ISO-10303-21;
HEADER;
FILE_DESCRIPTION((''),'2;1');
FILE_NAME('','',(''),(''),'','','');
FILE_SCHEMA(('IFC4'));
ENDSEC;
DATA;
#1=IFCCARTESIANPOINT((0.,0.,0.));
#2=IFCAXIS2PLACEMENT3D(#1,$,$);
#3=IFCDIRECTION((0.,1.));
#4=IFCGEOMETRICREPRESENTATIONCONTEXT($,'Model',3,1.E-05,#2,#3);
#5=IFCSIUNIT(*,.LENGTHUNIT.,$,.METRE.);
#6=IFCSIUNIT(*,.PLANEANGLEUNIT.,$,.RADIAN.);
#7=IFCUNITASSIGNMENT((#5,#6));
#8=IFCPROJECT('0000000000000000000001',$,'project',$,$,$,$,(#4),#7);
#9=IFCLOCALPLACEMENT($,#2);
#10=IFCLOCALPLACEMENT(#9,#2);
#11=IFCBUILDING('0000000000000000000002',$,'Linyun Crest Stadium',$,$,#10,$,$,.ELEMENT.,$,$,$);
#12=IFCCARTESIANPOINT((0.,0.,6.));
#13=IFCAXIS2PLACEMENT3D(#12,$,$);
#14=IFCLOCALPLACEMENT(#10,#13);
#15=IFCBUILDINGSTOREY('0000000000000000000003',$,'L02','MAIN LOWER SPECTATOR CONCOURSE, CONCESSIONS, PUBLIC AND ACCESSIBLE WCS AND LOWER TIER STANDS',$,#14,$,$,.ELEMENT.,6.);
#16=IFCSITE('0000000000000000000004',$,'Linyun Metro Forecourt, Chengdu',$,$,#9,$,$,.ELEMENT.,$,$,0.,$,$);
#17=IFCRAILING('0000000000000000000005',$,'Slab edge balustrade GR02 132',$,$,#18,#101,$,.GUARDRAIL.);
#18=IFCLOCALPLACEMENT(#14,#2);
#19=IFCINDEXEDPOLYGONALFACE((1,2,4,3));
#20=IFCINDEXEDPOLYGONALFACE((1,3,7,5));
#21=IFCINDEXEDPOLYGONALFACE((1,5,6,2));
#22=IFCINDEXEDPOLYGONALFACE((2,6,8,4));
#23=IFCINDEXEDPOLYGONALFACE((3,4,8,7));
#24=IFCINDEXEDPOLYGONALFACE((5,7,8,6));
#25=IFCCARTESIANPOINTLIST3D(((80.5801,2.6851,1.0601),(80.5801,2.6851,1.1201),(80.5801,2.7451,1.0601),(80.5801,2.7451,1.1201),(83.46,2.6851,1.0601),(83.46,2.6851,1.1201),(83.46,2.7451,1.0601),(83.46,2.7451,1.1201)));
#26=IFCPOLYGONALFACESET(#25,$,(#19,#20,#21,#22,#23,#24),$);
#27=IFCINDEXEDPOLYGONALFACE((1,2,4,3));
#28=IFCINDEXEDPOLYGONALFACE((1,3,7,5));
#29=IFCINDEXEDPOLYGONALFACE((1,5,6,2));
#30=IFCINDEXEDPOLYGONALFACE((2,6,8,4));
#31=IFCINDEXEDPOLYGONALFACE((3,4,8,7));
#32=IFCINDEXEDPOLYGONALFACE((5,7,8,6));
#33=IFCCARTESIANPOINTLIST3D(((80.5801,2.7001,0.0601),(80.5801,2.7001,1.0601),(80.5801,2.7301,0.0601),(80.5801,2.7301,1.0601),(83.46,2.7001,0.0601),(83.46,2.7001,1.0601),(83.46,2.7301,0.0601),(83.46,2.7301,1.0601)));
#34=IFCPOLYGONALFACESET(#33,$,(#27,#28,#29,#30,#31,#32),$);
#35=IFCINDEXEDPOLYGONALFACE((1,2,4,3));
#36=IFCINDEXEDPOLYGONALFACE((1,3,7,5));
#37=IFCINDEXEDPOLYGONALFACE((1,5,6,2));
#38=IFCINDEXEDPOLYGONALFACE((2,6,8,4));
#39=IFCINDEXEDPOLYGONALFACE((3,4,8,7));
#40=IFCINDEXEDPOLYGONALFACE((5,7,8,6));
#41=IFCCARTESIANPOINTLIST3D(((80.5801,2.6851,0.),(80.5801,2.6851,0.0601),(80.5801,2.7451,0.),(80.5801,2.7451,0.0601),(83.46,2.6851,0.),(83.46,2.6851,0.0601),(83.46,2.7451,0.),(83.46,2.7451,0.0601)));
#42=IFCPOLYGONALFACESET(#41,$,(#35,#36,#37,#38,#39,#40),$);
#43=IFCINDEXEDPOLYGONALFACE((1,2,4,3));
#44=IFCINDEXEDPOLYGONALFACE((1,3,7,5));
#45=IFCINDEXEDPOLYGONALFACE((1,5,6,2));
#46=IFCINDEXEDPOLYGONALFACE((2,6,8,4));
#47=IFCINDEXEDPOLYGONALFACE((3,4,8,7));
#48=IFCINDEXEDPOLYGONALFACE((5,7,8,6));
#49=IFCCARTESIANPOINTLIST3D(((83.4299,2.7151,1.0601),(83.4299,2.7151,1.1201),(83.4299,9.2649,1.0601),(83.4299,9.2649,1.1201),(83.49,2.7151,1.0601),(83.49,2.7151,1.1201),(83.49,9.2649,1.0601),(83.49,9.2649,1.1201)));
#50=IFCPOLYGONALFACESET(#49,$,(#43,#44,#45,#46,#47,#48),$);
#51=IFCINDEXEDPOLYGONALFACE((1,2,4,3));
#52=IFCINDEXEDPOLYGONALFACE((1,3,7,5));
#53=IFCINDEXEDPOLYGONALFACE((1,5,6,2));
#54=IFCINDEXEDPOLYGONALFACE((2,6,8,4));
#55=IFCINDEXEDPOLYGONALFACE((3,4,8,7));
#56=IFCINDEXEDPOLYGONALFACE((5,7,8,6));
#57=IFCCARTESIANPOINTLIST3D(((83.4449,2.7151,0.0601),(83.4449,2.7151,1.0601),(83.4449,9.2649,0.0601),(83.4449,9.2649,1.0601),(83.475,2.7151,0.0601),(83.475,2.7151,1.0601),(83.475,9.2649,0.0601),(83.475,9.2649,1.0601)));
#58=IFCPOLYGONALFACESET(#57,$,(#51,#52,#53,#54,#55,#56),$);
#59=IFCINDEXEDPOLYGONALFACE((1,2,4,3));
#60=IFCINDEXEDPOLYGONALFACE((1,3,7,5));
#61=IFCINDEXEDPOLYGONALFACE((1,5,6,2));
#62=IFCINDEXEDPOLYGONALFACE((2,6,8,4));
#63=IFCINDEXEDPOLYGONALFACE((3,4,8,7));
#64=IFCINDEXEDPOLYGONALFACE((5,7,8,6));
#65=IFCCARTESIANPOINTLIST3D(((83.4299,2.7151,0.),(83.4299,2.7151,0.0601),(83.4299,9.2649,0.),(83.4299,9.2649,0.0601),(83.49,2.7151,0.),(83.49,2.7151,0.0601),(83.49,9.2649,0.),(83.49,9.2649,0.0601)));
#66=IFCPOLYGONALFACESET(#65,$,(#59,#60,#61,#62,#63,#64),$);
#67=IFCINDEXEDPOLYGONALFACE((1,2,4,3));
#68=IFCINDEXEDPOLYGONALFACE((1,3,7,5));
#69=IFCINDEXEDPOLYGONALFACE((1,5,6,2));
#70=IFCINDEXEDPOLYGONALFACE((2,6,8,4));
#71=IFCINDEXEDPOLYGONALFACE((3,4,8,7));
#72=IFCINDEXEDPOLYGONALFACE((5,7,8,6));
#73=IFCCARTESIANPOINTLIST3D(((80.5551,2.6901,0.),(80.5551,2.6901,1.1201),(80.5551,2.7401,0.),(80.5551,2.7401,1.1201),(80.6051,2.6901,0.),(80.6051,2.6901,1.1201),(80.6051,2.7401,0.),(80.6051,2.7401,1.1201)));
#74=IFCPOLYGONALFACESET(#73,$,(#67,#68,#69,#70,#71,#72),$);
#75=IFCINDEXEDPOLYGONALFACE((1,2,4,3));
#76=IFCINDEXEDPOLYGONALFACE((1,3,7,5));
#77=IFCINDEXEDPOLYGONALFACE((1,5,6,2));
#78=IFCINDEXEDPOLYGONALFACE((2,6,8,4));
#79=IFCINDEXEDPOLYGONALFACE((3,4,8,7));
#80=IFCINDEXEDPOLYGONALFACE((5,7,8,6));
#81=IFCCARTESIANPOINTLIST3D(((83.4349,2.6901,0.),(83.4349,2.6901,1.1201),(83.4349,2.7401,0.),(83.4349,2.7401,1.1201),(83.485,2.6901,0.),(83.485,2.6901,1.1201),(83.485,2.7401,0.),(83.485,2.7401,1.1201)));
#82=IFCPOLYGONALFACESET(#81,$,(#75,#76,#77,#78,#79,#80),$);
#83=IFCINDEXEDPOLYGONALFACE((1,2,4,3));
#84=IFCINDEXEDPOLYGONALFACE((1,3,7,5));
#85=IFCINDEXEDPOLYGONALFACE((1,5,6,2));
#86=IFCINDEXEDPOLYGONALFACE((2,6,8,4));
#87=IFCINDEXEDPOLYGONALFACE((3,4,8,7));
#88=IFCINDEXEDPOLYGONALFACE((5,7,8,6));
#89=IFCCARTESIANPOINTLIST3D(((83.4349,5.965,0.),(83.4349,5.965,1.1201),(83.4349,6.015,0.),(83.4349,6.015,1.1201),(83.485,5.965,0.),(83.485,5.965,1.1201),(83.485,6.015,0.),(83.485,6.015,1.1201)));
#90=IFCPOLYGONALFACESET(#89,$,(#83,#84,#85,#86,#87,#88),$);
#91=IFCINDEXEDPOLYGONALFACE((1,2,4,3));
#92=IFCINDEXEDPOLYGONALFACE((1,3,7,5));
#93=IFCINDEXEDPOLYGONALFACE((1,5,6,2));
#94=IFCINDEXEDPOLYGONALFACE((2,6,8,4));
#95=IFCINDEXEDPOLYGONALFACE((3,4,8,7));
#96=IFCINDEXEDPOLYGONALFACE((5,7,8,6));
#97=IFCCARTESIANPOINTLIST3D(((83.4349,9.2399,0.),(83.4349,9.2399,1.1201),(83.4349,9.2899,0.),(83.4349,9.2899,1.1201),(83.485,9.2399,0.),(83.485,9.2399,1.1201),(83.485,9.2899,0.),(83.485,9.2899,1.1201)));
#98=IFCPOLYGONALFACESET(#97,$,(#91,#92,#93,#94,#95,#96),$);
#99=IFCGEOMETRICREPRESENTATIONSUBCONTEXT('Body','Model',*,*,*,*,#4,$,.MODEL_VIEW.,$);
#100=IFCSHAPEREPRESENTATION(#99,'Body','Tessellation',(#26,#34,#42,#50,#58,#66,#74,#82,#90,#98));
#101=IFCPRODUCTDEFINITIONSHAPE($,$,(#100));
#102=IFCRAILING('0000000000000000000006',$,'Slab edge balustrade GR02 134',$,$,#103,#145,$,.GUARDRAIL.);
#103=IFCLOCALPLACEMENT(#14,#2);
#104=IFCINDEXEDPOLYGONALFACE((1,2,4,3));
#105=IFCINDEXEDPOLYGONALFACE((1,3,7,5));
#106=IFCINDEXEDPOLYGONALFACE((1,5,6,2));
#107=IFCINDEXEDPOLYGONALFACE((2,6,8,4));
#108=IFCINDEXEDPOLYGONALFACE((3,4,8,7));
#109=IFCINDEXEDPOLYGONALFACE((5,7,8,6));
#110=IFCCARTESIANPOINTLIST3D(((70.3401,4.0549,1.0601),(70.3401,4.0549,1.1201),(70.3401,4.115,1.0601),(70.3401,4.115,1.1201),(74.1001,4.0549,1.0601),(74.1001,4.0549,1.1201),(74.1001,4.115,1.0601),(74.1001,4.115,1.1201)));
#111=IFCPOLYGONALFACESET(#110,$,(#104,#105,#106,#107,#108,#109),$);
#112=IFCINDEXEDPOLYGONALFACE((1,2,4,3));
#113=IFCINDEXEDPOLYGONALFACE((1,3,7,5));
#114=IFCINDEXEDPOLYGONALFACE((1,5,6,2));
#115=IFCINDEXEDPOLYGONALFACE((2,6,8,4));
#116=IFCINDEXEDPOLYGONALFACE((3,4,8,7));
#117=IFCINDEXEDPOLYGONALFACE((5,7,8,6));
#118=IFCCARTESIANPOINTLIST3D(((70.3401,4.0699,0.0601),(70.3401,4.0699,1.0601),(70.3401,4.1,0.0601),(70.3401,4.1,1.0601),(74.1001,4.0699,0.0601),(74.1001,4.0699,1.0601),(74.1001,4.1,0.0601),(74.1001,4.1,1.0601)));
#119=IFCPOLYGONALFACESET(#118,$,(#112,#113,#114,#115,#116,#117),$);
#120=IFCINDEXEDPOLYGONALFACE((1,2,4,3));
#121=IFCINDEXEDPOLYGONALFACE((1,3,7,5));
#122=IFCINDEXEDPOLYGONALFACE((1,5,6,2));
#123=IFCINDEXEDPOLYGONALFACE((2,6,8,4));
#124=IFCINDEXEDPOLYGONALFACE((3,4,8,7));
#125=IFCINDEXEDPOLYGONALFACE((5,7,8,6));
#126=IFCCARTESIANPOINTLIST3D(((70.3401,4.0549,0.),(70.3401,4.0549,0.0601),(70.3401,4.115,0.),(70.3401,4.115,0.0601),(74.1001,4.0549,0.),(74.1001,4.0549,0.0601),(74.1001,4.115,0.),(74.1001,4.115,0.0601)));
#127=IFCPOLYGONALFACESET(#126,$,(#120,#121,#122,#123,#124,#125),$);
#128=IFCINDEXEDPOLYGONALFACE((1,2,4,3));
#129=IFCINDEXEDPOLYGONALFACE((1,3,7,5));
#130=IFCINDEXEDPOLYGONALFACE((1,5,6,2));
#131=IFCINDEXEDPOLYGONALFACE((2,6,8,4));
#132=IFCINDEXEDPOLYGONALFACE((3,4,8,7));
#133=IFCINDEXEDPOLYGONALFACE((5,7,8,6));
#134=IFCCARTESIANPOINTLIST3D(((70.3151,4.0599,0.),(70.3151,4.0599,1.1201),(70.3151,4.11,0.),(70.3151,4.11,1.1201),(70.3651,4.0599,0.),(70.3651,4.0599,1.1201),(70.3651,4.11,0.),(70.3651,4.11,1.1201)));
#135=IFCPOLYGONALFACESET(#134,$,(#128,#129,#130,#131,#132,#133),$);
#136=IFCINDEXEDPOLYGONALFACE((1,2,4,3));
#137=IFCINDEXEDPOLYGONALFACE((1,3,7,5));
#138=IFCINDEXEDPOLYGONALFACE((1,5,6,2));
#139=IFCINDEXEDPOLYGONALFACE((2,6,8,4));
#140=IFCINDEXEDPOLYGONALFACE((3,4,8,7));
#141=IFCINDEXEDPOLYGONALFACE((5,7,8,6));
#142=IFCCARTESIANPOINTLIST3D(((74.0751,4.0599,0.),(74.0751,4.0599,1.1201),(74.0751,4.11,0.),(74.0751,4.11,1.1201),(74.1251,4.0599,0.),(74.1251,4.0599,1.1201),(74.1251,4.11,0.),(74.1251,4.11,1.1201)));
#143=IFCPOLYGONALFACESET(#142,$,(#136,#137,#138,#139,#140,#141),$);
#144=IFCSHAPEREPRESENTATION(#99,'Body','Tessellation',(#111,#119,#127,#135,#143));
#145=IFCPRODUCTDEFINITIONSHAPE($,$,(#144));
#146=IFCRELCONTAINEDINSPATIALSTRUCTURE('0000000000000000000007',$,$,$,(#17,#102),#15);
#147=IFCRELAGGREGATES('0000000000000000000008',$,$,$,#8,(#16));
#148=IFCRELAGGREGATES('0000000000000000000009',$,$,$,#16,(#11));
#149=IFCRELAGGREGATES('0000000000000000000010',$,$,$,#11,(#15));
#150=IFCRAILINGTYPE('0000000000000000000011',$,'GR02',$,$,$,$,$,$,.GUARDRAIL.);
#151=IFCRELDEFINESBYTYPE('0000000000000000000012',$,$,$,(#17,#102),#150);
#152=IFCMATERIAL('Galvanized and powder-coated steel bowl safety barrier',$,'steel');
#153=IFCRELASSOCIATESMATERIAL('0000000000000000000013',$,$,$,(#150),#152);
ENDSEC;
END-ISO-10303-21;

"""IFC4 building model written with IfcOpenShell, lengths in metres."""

from ifc_helpers import new_model, si_unit, direction, frame, origin, origin_2d, place, context, subcontext, project, spatial, rectangle, extrude, material, type_object, element, save


model = new_model("IFC4")

# Units and contexts
model_context = context("Model", 3, precision=1e-05, world=origin(), true_north=direction((0.0, 1.0)))
body_context = subcontext(model_context, "Body", "Model", "MODEL_VIEW")
ifc_project = project(units=[si_unit("LENGTHUNIT", "METRE"), si_unit("PLANEANGLEUNIT", "RADIAN")], contexts=[model_context])

# Site, building, storey
site_placement = place(None, origin())
site = spatial("IfcSite", under=ifc_project, at=site_placement, Name="Linyun Metro Forecourt, Chengdu", CompositionType="ELEMENT", RefElevation=0.0)
building_placement = place(site_placement, origin())
building = spatial("IfcBuilding", under=site, at=building_placement, Name="Linyun Crest Stadium", CompositionType="ELEMENT")
storey_placement = place(building_placement, frame((0.0, 0.0, 6.0)))
storey = spatial("IfcBuildingStorey", under=building, at=storey_placement, Name="L02", Description="MAIN LOWER SPECTATOR CONCOURSE, CONCESSIONS, PUBLIC AND ACCESSIBLE WCS AND LOWER TIER STANDS", CompositionType="ELEMENT", Elevation=6.0)

# Railings
ifc_material_1 = material(Name="Galvanized and powder-coated steel bowl safety barrier", Category="steel")
railing_type_1 = type_object("IfcRailingType", Name="GR02", PredefinedType="GUARDRAIL", material=ifc_material_1)
railing_1_placement = place(storey_placement, frame((80.5801, 2.7151, 0.0)))
element("IfcRailing", 1, at=railing_1_placement, inside=storey, type_object=railing_type_1, Name="Slab edge balustrade GR02 132", PredefinedType="GUARDRAIL", context=body_context, shape_type="SweptSolid", body=[
    extrude(rectangle(XDim=0.0601, YDim=0.0601, at=origin_2d()), frame((0.0, 0.0, 1.0901), z_axis=(1.0, 0.0, 0.0), x_axis=(0.0, 1.0, 0.0)), (0.0, 0.0, 1.0), 2.8799),
    extrude(rectangle(XDim=0.03, YDim=1.0, at=origin_2d()), frame((0.0, 0.0, 0.5601), z_axis=(1.0, 0.0, 0.0), x_axis=(0.0, 1.0, 0.0)), (0.0, 0.0, 1.0), 2.8799),
    extrude(rectangle(XDim=0.0601, YDim=0.0601, at=origin_2d()), frame((0.0, 0.0, 0.03), z_axis=(1.0, 0.0, 0.0), x_axis=(0.0, 1.0, 0.0)), (0.0, 0.0, 1.0), 2.8799),
    extrude(rectangle(XDim=0.0601, YDim=0.0601, at=origin_2d()), frame((2.8799, 0.0, 1.0901), z_axis=(0.0, 1.0, 0.0), x_axis=(-1.0, 0.0, 0.0)), (0.0, 0.0, 1.0), 6.5498),
    extrude(rectangle(XDim=0.03, YDim=1.0, at=origin_2d()), frame((2.8799, 0.0, 0.5601), z_axis=(0.0, 1.0, 0.0), x_axis=(-1.0, 0.0, 0.0)), (0.0, 0.0, 1.0), 6.5498),
    extrude(rectangle(XDim=0.0601, YDim=0.0601, at=origin_2d()), frame((2.8799, 0.0, 0.03), z_axis=(0.0, 1.0, 0.0), x_axis=(-1.0, 0.0, 0.0)), (0.0, 0.0, 1.0), 6.5498),
    extrude(rectangle(XDim=0.05, YDim=0.05, at=origin_2d()), origin(), (0.0, 0.0, 1.0), 1.1201),
    extrude(rectangle(XDim=0.05, YDim=0.05, at=origin_2d()), frame((2.8799, 0.0, 0.0)), (0.0, 0.0, 1.0), 1.1201),
    extrude(rectangle(XDim=0.05, YDim=0.05, at=origin_2d()), frame((2.8799, 3.2749, 0.0)), (0.0, 0.0, 1.0), 1.1201),
    extrude(rectangle(XDim=0.05, YDim=0.05, at=origin_2d()), frame((2.8799, 6.5498, 0.0)), (0.0, 0.0, 1.0), 1.1201),
])
railing_2_placement = place(storey_placement, frame((70.3401, 4.085, 0.0)))
element("IfcRailing", 2, at=railing_2_placement, inside=storey, type_object=railing_type_1, Name="Slab edge balustrade GR02 134", PredefinedType="GUARDRAIL", context=body_context, shape_type="SweptSolid", body=[
    extrude(rectangle(XDim=0.0601, YDim=0.0601, at=origin_2d()), frame((0.0, 0.0, 1.0901), z_axis=(1.0, 0.0, 0.0), x_axis=(0.0, 1.0, 0.0)), (0.0, 0.0, 1.0), 3.76),
    extrude(rectangle(XDim=0.03, YDim=1.0, at=origin_2d()), frame((0.0, 0.0, 0.5601), z_axis=(1.0, 0.0, 0.0), x_axis=(0.0, 1.0, 0.0)), (0.0, 0.0, 1.0), 3.76),
    extrude(rectangle(XDim=0.0601, YDim=0.0601, at=origin_2d()), frame((0.0, 0.0, 0.03), z_axis=(1.0, 0.0, 0.0), x_axis=(0.0, 1.0, 0.0)), (0.0, 0.0, 1.0), 3.76),
    extrude(rectangle(XDim=0.05, YDim=0.05, at=origin_2d()), origin(), (0.0, 0.0, 1.0), 1.1201),
    extrude(rectangle(XDim=0.05, YDim=0.05, at=origin_2d()), frame((3.76, 0.0, 0.0)), (0.0, 0.0, 1.0), 1.1201),
])

save(model, "model.ifc")
